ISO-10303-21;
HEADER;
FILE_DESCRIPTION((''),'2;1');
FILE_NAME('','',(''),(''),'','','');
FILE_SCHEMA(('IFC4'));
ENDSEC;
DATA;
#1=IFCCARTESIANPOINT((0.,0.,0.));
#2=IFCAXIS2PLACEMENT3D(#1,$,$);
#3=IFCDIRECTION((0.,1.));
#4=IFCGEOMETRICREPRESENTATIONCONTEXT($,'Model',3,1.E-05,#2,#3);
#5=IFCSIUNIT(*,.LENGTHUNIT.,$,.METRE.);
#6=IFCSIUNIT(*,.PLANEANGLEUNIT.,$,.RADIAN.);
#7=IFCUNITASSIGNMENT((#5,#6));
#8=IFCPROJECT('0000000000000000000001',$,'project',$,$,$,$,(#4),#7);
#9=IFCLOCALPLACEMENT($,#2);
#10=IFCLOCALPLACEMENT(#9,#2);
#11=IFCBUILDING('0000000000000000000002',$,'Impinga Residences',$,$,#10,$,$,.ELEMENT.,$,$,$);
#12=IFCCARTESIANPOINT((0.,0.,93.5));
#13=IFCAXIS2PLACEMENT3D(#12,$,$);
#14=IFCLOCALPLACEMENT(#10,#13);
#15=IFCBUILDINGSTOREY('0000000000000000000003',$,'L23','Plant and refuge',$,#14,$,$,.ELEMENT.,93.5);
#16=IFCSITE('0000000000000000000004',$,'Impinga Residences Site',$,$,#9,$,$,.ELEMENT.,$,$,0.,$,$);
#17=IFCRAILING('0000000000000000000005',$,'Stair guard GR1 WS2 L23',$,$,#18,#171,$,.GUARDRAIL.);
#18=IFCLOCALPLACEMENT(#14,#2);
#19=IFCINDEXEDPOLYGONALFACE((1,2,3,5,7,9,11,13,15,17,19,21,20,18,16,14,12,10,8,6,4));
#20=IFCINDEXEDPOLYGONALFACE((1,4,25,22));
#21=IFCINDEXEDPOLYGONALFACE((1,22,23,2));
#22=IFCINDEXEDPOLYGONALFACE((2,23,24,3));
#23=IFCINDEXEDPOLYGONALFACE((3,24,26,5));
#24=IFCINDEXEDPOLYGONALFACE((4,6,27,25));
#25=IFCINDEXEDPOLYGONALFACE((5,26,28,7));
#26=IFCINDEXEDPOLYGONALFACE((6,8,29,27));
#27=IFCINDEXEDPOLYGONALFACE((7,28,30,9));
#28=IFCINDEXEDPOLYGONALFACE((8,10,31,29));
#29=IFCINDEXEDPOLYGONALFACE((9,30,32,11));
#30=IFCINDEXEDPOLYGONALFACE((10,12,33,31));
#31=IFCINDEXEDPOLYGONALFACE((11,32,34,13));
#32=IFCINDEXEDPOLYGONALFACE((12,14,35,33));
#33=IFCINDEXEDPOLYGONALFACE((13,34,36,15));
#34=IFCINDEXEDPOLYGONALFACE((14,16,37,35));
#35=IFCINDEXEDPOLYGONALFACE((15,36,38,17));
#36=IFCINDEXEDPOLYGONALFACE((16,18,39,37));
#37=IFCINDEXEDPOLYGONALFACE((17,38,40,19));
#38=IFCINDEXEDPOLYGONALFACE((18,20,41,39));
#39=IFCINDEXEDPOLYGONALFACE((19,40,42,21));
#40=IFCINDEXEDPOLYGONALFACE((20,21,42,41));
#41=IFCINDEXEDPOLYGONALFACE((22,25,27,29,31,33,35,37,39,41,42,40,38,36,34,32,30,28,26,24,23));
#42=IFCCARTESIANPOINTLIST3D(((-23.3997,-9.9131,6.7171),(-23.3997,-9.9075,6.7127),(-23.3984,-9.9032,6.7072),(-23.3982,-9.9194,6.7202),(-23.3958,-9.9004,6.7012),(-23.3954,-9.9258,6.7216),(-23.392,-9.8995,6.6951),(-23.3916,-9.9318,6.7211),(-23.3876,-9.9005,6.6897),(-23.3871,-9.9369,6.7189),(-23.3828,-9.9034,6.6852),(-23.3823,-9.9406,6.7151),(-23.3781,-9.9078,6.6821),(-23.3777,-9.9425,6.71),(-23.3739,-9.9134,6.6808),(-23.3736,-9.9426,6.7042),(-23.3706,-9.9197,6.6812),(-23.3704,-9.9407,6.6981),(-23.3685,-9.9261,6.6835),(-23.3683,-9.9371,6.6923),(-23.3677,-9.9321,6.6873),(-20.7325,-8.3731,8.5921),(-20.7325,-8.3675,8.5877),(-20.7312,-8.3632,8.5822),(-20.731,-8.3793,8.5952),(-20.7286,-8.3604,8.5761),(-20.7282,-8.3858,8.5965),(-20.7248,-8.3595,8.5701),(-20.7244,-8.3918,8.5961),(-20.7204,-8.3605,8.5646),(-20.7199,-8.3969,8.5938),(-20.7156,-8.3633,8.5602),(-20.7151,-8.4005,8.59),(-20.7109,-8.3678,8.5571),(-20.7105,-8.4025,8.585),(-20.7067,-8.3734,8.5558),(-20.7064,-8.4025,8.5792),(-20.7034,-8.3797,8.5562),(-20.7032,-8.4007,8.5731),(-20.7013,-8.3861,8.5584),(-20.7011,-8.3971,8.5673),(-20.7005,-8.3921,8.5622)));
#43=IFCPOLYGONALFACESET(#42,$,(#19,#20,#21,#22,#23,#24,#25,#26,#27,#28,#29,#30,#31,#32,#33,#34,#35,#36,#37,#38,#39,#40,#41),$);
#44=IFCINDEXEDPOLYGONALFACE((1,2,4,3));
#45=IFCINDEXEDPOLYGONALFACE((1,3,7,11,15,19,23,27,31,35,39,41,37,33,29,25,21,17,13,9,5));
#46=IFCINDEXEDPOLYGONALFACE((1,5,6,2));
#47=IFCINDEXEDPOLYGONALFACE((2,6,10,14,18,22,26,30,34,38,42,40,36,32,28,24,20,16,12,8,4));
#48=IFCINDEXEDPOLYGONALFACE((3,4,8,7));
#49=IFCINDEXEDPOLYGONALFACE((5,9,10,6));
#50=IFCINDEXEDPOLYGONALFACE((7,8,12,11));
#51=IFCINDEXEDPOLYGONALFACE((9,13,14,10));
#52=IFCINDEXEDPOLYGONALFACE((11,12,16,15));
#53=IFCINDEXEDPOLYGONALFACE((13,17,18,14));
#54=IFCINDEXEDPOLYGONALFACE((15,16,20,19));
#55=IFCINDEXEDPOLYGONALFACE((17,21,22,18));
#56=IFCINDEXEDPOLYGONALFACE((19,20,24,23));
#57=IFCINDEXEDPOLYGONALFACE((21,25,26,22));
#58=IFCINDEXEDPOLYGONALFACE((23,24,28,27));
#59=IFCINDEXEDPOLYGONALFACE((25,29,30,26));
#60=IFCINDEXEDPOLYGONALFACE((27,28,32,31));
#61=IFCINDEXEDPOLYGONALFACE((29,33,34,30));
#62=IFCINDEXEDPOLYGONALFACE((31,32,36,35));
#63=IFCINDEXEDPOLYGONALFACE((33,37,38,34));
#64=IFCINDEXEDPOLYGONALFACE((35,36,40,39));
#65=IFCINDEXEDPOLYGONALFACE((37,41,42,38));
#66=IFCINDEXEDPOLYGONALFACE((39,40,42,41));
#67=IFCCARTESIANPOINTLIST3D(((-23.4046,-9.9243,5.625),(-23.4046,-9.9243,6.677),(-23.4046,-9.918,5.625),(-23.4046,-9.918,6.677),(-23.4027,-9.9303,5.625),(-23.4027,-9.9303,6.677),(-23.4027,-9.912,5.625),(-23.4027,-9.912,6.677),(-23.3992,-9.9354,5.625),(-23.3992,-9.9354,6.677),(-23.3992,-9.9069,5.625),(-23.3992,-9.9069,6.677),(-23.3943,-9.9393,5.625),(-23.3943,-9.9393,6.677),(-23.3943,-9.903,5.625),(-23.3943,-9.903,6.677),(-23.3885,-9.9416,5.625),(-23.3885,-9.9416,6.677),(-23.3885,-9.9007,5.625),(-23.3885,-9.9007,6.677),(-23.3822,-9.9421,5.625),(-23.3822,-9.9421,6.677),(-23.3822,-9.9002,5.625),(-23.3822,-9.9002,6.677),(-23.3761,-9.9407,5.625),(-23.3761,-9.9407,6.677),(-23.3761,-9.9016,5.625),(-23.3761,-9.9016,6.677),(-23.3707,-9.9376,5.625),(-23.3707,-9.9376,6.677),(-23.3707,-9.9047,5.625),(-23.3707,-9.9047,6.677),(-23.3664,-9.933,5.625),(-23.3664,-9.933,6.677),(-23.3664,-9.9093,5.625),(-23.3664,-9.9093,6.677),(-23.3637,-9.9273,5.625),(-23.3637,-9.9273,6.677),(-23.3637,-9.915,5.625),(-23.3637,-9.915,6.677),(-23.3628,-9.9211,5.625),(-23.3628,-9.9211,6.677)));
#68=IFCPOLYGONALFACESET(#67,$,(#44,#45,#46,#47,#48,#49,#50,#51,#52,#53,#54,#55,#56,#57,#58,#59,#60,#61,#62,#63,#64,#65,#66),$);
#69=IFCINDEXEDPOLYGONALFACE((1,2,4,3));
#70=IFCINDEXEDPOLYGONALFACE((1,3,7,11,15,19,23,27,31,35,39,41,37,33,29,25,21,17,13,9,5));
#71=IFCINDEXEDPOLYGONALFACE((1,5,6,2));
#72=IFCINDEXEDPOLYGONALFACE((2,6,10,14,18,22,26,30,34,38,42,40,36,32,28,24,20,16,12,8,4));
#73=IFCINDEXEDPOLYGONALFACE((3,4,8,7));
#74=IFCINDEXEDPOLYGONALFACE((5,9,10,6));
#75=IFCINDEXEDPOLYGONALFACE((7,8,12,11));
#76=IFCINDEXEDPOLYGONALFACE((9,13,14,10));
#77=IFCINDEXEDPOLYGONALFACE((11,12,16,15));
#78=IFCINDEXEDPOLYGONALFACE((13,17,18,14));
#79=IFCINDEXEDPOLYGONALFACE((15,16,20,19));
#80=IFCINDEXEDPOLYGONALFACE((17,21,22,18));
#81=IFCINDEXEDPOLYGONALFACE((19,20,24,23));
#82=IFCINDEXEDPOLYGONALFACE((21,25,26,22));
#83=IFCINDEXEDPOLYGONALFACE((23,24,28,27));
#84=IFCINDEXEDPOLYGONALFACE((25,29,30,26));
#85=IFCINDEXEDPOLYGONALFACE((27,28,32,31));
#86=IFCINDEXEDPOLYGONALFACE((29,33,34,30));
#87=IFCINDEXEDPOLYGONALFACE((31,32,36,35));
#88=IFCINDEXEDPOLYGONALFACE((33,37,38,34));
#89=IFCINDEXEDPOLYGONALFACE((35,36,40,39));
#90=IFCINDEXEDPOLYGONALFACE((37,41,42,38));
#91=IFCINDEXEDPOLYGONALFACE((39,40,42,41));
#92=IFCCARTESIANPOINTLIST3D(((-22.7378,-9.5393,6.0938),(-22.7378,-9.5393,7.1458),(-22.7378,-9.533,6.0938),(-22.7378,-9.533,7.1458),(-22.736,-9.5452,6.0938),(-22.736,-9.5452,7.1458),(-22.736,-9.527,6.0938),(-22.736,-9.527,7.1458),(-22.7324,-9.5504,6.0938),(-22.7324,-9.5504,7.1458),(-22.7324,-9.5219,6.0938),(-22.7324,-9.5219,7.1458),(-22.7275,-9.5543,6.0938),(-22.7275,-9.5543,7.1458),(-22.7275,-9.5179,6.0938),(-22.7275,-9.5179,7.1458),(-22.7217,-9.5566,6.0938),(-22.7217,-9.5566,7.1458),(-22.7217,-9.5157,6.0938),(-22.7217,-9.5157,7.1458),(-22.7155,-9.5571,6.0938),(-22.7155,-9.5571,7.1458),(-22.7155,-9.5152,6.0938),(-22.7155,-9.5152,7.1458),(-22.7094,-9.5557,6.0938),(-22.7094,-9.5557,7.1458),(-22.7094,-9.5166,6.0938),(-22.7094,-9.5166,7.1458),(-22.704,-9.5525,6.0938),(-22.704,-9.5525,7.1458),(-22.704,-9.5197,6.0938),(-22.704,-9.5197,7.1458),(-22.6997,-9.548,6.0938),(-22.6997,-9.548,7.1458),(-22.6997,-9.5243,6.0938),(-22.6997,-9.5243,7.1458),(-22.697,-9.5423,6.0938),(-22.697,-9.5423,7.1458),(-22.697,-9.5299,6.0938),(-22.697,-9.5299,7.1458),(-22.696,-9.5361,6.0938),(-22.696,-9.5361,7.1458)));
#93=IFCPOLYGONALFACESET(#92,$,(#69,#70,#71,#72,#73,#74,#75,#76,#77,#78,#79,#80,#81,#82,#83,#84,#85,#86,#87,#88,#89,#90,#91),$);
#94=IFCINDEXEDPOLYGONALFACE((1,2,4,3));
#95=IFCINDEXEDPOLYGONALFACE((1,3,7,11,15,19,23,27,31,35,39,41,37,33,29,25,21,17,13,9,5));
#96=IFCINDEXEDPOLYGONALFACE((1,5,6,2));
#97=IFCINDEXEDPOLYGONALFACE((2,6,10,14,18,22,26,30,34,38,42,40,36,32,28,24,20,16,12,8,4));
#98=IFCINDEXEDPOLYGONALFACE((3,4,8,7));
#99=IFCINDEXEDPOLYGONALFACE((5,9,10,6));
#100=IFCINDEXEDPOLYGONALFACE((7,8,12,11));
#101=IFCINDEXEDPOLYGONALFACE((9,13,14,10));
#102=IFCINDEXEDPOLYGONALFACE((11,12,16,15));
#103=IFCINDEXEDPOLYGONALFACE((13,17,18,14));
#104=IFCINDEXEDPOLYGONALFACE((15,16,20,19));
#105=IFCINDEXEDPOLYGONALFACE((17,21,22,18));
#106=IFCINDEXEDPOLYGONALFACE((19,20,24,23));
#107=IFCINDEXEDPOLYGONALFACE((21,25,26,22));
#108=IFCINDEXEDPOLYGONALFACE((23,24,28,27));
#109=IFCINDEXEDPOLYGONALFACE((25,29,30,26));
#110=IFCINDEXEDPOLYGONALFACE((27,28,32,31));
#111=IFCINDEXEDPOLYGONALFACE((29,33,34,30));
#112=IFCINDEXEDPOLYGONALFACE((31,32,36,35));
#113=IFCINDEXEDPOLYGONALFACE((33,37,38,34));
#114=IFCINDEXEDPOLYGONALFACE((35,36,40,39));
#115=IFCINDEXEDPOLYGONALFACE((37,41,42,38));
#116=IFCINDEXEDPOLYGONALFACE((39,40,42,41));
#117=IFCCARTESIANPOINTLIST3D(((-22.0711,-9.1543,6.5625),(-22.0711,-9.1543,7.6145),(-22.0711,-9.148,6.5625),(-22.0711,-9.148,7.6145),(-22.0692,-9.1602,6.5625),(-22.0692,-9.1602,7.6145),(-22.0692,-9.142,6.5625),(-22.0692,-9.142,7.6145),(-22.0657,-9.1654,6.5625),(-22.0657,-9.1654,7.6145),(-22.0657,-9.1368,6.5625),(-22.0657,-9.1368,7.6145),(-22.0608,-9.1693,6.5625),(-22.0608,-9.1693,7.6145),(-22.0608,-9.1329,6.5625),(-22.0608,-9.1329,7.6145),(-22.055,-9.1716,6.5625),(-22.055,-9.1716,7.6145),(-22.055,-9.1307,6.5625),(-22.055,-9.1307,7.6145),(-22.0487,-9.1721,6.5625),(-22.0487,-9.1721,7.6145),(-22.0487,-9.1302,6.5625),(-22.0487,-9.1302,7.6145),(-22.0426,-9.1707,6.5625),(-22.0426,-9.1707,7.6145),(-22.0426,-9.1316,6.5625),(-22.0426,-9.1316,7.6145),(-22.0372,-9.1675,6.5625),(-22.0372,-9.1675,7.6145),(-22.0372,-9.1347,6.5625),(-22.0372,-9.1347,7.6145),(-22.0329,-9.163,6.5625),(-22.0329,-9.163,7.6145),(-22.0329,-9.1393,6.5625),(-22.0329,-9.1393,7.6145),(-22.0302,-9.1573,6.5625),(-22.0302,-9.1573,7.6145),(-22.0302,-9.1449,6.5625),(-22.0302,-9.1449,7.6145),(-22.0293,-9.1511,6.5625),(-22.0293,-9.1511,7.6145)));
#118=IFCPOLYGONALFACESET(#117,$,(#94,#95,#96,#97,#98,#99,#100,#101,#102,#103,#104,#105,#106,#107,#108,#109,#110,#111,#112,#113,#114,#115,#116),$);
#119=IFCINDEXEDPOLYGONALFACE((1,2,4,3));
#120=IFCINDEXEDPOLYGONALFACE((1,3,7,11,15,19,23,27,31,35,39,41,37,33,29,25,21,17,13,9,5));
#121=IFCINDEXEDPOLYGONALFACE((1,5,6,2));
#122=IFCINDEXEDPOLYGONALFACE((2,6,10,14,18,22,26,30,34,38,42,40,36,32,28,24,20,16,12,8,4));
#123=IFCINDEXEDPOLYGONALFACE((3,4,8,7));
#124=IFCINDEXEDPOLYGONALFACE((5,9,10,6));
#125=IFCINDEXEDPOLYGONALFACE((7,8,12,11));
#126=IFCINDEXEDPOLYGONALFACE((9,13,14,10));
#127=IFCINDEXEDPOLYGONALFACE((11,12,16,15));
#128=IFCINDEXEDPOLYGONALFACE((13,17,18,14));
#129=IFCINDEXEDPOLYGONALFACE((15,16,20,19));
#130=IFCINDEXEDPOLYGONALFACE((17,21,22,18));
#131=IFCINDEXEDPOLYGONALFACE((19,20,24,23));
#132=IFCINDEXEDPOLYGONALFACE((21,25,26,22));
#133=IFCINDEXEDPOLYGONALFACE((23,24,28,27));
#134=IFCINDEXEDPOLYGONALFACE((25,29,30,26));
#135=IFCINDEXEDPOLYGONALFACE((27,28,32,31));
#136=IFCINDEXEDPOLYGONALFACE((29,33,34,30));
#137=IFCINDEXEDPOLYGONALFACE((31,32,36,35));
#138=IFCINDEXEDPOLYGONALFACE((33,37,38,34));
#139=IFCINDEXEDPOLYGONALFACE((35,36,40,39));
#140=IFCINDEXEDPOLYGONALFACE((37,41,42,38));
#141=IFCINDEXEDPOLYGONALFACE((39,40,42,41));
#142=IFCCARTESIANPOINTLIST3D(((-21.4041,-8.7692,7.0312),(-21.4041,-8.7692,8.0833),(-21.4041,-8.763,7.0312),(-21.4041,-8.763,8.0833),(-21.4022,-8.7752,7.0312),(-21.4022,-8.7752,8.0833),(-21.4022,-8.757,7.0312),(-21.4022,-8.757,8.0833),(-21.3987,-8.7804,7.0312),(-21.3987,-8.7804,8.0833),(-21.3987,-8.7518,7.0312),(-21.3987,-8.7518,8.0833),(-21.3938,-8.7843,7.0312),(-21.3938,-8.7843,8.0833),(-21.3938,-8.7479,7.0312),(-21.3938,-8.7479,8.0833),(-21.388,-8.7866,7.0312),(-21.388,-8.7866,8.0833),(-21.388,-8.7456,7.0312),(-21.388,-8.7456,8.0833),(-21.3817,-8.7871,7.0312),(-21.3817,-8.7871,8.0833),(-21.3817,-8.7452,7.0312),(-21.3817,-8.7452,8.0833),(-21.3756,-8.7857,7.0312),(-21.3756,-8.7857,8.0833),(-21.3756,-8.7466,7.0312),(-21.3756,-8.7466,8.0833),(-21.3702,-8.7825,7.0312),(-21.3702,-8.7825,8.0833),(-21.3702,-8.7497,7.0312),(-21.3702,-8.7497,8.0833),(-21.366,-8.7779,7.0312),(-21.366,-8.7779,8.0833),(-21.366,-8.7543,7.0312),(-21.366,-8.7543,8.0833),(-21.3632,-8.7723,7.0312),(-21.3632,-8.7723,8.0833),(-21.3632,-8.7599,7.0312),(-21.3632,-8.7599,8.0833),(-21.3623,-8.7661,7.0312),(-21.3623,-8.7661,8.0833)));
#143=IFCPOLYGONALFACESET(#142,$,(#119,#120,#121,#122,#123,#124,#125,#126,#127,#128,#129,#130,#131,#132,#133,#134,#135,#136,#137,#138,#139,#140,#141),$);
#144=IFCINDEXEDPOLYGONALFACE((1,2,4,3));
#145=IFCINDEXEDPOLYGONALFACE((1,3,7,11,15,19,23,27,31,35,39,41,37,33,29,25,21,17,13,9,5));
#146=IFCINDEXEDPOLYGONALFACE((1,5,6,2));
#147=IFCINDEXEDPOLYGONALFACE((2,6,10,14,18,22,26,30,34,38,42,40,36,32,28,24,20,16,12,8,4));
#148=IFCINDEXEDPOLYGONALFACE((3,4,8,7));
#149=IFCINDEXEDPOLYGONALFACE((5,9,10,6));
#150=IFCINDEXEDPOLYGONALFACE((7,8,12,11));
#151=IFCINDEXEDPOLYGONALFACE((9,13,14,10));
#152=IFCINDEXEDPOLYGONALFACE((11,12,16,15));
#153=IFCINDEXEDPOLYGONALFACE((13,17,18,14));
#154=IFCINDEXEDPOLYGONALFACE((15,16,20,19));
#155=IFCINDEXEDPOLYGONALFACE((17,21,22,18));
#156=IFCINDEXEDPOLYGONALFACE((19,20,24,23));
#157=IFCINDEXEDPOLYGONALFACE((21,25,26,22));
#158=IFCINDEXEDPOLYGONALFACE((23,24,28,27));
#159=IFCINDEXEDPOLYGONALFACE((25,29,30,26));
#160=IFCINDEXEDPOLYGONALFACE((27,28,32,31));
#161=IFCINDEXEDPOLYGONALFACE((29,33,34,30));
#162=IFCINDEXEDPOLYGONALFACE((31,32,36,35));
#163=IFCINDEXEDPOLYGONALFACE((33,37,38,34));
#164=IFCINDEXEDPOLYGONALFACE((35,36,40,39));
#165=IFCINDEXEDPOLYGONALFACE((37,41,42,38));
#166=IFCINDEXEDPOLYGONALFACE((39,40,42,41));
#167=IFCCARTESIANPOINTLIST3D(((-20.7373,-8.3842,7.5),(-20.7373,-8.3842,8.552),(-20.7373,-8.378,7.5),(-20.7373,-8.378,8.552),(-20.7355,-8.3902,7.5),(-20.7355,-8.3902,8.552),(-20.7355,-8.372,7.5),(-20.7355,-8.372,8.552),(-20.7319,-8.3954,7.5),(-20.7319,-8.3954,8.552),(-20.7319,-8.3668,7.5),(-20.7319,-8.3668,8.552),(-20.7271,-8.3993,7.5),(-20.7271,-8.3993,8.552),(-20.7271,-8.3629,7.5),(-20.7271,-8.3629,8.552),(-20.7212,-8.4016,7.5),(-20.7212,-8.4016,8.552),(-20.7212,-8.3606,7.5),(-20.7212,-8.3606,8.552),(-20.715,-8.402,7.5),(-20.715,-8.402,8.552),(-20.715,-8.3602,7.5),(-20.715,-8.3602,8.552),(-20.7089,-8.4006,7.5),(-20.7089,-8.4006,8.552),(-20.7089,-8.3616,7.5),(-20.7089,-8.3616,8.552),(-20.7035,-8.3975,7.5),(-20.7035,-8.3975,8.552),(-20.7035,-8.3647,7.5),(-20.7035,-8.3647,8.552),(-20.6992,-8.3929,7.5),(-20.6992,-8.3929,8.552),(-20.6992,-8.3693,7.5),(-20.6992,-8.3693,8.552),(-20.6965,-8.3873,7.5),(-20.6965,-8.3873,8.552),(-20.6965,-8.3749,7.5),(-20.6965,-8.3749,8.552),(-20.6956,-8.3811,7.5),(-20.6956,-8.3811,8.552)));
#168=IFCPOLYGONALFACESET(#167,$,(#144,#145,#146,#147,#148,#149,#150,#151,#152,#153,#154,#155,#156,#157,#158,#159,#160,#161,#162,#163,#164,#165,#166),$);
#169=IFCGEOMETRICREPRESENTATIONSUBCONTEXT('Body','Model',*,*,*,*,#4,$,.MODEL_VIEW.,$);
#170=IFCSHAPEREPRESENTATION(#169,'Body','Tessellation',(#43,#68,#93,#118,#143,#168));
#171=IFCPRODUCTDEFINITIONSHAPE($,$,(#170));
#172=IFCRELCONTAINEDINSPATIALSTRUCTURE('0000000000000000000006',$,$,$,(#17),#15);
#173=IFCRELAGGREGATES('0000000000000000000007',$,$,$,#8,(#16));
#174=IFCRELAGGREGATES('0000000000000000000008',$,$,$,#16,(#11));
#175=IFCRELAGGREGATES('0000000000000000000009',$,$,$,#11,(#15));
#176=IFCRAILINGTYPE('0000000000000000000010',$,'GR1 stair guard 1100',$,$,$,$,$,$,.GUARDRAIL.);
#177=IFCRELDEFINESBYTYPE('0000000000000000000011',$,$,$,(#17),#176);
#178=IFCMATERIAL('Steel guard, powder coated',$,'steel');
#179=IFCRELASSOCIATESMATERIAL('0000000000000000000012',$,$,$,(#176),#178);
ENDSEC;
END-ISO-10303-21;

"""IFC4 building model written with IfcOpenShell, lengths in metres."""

from ifc_helpers import new_model, si_unit, direction, frame, origin, origin_2d, place, context, subcontext, project, spatial, circle, extrude, material, type_object, element, save


model = new_model("IFC4")

# Units and contexts
model_context = context("Model", 3, precision=1e-05, world=origin(), true_north=direction((0.0, 1.0)))
body_context = subcontext(model_context, "Body", "Model", "MODEL_VIEW")
ifc_project = project(units=[si_unit("LENGTHUNIT", "METRE"), si_unit("PLANEANGLEUNIT", "RADIAN")], contexts=[model_context])

# Site, building, storey
site_placement = place(None, origin())
site = spatial("IfcSite", under=ifc_project, at=site_placement, Name="Impinga Residences Site", CompositionType="ELEMENT", RefElevation=0.0)
building_placement = place(site_placement, origin())
building = spatial("IfcBuilding", under=site, at=building_placement, Name="Impinga Residences", CompositionType="ELEMENT")
storey_placement = place(building_placement, frame((0.0, 0.0, 93.5)))
storey = spatial("IfcBuildingStorey", under=building, at=storey_placement, Name="L23", Description="Plant and refuge", CompositionType="ELEMENT", Elevation=93.5)

# Railing
ifc_material_1 = material(Name="Steel guard, powder coated", Category="steel")
railing_type_1 = type_object("IfcRailingType", Name="GR1 stair guard 1100", PredefinedType="GUARDRAIL", material=ifc_material_1)
for number, where, name in (
    (1, (-23.3838, -9.9211, 5.625), "Stair guard GR1 WS2 L23"),
):
    element("IfcRailing", number, at=place(storey_placement, frame(where)), inside=storey, type_object=railing_type_1, Name=name, PredefinedType="GUARDRAIL", context=body_context, shape_type="SweptSolid", body=[
        extrude(circle(Radius=0.0239, at=origin_2d()), frame((0.0, 0.0, 1.0762), z_axis=(0.739716, 0.427105, 0.520002), x_axis=(-0.500027, 0.86601, 0.0)), (0.0, 0.0, 1.0), 3.6057),
        extrude(circle(Radius=0.021, at=origin_2d()), origin(), (0.0, 0.0, 1.0), 1.052),
        extrude(circle(Radius=0.021, at=origin_2d()), frame((0.6667, 0.385, 0.4688)), (0.0, 0.0, 1.0), 1.052),
        extrude(circle(Radius=0.021, at=origin_2d()), frame((1.3335, 0.77, 0.9375)), (0.0, 0.0, 1.0), 1.052),
        extrude(circle(Radius=0.021, at=origin_2d()), frame((2.0005, 1.155, 1.4062)), (0.0, 0.0, 1.0), 1.052),
        extrude(circle(Radius=0.021, at=origin_2d()), frame((2.6672, 1.54, 1.875)), (0.0, 0.0, 1.0), 1.052),
    ])

save(model, "model.ifc")
